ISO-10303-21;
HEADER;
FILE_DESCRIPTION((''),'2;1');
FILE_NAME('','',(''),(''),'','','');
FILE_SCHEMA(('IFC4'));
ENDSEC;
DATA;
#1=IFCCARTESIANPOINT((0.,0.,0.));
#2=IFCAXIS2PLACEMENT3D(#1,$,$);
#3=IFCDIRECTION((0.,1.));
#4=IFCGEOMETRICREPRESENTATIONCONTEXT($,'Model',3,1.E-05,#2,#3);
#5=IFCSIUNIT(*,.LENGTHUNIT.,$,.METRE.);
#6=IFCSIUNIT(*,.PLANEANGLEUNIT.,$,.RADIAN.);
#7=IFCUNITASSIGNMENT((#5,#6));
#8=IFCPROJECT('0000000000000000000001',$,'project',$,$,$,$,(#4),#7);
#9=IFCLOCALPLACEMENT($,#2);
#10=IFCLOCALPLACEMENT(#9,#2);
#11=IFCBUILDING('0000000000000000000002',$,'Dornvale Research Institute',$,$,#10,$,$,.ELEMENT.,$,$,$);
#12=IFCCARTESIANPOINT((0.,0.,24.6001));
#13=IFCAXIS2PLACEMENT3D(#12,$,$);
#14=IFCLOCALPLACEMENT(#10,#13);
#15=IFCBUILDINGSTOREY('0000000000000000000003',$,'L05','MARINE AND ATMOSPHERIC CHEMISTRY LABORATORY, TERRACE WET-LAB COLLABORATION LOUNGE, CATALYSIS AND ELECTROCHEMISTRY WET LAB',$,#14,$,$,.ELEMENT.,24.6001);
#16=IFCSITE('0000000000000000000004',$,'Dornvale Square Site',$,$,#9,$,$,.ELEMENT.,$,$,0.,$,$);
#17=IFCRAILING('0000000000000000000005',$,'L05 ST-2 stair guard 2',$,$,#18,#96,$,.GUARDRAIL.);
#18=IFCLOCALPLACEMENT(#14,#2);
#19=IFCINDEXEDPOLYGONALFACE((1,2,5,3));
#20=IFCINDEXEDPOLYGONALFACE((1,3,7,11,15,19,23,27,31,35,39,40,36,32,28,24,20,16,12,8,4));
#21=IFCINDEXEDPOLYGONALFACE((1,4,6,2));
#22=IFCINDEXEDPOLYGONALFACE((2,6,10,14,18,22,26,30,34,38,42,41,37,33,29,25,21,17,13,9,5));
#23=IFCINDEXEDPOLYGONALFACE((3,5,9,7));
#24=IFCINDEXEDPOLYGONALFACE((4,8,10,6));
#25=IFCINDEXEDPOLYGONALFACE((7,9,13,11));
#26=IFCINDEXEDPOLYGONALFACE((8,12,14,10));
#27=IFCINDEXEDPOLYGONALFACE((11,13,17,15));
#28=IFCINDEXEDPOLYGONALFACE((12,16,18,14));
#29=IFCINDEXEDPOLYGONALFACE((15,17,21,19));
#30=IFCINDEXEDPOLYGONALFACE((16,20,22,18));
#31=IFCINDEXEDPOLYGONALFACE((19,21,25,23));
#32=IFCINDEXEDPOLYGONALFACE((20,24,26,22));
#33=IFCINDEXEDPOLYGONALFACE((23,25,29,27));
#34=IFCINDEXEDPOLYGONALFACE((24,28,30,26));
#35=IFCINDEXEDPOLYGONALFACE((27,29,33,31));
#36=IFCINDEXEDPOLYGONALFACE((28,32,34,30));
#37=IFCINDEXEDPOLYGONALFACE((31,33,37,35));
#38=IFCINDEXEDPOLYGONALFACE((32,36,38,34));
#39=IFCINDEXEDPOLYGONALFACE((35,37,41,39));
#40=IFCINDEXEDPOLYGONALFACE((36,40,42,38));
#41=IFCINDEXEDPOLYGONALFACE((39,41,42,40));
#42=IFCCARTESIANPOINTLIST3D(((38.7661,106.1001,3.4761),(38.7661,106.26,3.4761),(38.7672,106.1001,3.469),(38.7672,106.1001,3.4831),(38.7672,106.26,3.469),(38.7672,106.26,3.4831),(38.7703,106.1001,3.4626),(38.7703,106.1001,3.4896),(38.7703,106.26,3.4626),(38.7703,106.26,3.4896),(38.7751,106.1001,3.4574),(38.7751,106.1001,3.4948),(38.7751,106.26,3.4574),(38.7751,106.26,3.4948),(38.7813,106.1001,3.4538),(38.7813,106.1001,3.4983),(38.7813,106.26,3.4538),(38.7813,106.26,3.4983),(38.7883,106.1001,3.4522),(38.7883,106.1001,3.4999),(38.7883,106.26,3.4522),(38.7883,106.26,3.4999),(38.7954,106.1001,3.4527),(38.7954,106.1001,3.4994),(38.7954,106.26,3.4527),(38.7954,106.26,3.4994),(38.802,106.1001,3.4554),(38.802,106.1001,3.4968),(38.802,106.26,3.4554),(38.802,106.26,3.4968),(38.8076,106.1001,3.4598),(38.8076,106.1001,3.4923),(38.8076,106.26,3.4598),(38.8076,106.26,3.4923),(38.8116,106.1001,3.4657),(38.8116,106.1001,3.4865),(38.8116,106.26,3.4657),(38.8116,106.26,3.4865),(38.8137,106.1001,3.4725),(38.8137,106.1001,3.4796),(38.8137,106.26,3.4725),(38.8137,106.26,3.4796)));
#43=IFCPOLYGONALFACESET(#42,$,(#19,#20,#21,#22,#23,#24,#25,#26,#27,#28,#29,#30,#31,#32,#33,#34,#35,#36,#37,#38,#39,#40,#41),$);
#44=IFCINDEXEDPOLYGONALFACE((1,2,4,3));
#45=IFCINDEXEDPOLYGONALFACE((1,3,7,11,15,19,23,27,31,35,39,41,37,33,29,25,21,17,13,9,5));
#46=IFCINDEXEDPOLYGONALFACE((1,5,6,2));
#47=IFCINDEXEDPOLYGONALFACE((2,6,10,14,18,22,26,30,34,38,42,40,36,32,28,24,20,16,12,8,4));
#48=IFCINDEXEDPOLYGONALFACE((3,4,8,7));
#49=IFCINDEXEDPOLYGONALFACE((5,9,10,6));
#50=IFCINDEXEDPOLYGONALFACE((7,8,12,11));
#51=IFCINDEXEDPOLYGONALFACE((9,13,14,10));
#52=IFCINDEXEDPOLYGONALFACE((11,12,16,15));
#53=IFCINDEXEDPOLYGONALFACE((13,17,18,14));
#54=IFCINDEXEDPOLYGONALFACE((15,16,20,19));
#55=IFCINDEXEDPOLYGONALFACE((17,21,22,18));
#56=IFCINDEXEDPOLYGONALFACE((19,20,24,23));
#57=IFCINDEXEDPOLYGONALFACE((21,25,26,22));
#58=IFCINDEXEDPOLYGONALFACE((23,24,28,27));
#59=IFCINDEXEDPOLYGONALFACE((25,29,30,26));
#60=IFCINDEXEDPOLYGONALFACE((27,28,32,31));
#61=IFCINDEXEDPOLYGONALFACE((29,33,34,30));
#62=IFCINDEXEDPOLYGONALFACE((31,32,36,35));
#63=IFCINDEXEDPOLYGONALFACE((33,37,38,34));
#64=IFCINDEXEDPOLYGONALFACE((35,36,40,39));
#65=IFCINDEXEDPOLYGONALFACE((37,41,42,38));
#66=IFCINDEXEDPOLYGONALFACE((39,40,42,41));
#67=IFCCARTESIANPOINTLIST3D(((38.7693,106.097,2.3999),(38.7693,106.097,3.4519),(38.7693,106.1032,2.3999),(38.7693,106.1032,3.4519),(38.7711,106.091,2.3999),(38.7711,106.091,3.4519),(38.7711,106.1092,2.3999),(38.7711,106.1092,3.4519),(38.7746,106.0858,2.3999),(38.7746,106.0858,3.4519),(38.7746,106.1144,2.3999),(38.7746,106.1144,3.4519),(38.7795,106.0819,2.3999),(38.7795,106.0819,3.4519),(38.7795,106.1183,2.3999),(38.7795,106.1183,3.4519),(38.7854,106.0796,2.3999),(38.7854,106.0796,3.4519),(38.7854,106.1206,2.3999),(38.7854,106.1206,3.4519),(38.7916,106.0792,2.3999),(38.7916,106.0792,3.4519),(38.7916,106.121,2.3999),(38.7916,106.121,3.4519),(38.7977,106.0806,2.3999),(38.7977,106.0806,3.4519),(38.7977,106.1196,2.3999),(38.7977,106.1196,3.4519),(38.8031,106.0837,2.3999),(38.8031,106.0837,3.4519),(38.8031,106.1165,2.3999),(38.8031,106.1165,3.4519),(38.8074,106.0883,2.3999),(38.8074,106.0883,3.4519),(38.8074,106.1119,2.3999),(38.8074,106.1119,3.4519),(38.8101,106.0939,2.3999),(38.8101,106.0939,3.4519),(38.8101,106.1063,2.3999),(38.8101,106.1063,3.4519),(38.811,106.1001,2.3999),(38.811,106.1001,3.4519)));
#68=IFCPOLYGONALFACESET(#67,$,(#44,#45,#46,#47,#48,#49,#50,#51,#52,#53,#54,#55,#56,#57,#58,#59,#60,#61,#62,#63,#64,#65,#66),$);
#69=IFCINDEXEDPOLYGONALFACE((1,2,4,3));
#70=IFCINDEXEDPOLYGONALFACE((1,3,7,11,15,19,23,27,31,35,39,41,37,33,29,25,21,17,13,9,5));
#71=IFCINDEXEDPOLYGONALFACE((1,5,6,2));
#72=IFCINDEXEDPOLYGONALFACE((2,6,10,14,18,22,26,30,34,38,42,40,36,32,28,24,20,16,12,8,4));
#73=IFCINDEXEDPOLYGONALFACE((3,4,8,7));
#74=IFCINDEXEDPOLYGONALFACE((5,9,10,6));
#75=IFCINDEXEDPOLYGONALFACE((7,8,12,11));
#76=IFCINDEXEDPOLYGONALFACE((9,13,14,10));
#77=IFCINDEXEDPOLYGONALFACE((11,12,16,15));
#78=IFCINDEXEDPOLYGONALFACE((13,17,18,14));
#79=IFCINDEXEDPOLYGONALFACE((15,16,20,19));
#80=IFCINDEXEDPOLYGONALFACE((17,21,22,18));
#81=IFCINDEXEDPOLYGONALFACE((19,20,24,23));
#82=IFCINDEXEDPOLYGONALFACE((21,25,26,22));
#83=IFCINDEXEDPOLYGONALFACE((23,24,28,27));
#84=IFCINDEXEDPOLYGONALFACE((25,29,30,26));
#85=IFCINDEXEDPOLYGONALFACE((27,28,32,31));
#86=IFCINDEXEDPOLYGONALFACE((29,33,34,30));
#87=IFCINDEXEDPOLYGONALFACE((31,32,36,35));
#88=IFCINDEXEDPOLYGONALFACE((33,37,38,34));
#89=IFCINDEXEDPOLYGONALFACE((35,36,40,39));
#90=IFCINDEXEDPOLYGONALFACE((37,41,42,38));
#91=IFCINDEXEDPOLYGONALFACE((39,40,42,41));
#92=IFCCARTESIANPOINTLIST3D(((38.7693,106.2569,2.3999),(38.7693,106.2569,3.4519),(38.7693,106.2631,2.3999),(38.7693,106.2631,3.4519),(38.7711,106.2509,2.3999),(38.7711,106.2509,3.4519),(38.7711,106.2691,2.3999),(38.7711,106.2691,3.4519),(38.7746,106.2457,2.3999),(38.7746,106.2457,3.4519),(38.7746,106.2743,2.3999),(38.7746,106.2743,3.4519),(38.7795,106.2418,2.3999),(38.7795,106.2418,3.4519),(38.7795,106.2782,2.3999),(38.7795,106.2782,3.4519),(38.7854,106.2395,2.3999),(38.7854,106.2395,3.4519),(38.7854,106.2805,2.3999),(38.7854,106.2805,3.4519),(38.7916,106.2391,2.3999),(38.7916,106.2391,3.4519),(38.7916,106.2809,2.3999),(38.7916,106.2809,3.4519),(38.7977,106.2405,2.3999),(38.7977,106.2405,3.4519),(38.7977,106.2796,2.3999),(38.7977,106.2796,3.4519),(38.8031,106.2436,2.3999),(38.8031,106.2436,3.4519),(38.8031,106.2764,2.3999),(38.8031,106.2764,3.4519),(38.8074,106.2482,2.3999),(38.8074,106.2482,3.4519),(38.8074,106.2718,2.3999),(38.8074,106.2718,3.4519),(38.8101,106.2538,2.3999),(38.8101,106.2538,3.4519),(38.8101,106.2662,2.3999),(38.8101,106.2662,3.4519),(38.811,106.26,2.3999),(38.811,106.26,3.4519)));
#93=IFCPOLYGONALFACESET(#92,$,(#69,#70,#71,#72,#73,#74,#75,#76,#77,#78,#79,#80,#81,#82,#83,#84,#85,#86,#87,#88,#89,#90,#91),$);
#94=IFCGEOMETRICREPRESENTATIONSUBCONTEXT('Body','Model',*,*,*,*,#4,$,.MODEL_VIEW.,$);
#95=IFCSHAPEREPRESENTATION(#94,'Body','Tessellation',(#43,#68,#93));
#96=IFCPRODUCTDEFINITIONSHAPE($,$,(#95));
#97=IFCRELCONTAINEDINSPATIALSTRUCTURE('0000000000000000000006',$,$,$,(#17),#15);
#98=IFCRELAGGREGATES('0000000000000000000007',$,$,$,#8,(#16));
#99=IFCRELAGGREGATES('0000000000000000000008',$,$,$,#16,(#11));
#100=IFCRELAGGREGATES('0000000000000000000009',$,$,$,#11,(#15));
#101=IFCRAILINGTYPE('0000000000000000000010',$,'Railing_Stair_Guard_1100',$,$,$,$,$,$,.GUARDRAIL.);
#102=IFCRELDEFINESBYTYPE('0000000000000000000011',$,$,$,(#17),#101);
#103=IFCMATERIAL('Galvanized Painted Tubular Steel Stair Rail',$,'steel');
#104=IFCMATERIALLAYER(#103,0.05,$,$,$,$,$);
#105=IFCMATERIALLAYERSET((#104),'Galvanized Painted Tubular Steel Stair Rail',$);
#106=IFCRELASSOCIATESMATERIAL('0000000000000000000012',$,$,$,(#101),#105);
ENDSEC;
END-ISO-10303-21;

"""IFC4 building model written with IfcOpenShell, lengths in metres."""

from ifc_helpers import new_model, si_unit, direction, frame, origin, origin_2d, place, context, subcontext, project, spatial, circle, extrude, material, layer, layer_set, type_object, element, save


model = new_model("IFC4")

# Units and contexts
model_context = context("Model", 3, precision=1e-05, world=origin(), true_north=direction((0.0, 1.0)))
body_context = subcontext(model_context, "Body", "Model", "MODEL_VIEW")
ifc_project = project(units=[si_unit("LENGTHUNIT", "METRE"), si_unit("PLANEANGLEUNIT", "RADIAN")], contexts=[model_context])

# Site, building, storey
site_placement = place(None, origin())
site = spatial("IfcSite", under=ifc_project, at=site_placement, Name="Dornvale Square Site", CompositionType="ELEMENT", RefElevation=0.0)
building_placement = place(site_placement, origin())
building = spatial("IfcBuilding", under=site, at=building_placement, Name="Dornvale Research Institute", CompositionType="ELEMENT")
storey_placement = place(building_placement, frame((0.0, 0.0, 24.6001)))
storey = spatial("IfcBuildingStorey", under=building, at=storey_placement, Name="L05", Description="MARINE AND ATMOSPHERIC CHEMISTRY LABORATORY, TERRACE WET-LAB COLLABORATION LOUNGE, CATALYSIS AND ELECTROCHEMISTRY WET LAB", CompositionType="ELEMENT", Elevation=24.6001)

# Railing
ifc_material_1 = material(Name="Galvanized Painted Tubular Steel Stair Rail", Category="steel")
ifc_layer_1 = layer(ifc_material_1, 0.05)
ifc_layer_set_1 = layer_set([ifc_layer_1], Name="Galvanized Painted Tubular Steel Stair Rail")
railing_type_1 = type_object("IfcRailingType", Name="Railing_Stair_Guard_1100", PredefinedType="GUARDRAIL", material=ifc_layer_set_1)
railing_1_placement = place(storey_placement, frame((38.79, 106.1001, 2.3999)))
element("IfcRailing", 1, at=railing_1_placement, inside=storey, type_object=railing_type_1, Name="L05 ST-2 stair guard 2", PredefinedType="GUARDRAIL", context=body_context, shape_type="SweptSolid", body=[
    extrude(circle(Radius=0.0239, at=origin_2d()), frame((0.0, 0.0, 1.0762), z_axis=(0.0, 1.0, 0.0), x_axis=(-1.0, 0.0, 0.0)), (0.0, 0.0, 1.0), 0.1599),
    extrude(circle(Radius=0.021, at=origin_2d()), origin(), (0.0, 0.0, 1.0), 1.052),
    extrude(circle(Radius=0.021, at=origin_2d()), frame((0.0, 0.1599, 0.0)), (0.0, 0.0, 1.0), 1.052),
])

save(model, "model.ifc")
